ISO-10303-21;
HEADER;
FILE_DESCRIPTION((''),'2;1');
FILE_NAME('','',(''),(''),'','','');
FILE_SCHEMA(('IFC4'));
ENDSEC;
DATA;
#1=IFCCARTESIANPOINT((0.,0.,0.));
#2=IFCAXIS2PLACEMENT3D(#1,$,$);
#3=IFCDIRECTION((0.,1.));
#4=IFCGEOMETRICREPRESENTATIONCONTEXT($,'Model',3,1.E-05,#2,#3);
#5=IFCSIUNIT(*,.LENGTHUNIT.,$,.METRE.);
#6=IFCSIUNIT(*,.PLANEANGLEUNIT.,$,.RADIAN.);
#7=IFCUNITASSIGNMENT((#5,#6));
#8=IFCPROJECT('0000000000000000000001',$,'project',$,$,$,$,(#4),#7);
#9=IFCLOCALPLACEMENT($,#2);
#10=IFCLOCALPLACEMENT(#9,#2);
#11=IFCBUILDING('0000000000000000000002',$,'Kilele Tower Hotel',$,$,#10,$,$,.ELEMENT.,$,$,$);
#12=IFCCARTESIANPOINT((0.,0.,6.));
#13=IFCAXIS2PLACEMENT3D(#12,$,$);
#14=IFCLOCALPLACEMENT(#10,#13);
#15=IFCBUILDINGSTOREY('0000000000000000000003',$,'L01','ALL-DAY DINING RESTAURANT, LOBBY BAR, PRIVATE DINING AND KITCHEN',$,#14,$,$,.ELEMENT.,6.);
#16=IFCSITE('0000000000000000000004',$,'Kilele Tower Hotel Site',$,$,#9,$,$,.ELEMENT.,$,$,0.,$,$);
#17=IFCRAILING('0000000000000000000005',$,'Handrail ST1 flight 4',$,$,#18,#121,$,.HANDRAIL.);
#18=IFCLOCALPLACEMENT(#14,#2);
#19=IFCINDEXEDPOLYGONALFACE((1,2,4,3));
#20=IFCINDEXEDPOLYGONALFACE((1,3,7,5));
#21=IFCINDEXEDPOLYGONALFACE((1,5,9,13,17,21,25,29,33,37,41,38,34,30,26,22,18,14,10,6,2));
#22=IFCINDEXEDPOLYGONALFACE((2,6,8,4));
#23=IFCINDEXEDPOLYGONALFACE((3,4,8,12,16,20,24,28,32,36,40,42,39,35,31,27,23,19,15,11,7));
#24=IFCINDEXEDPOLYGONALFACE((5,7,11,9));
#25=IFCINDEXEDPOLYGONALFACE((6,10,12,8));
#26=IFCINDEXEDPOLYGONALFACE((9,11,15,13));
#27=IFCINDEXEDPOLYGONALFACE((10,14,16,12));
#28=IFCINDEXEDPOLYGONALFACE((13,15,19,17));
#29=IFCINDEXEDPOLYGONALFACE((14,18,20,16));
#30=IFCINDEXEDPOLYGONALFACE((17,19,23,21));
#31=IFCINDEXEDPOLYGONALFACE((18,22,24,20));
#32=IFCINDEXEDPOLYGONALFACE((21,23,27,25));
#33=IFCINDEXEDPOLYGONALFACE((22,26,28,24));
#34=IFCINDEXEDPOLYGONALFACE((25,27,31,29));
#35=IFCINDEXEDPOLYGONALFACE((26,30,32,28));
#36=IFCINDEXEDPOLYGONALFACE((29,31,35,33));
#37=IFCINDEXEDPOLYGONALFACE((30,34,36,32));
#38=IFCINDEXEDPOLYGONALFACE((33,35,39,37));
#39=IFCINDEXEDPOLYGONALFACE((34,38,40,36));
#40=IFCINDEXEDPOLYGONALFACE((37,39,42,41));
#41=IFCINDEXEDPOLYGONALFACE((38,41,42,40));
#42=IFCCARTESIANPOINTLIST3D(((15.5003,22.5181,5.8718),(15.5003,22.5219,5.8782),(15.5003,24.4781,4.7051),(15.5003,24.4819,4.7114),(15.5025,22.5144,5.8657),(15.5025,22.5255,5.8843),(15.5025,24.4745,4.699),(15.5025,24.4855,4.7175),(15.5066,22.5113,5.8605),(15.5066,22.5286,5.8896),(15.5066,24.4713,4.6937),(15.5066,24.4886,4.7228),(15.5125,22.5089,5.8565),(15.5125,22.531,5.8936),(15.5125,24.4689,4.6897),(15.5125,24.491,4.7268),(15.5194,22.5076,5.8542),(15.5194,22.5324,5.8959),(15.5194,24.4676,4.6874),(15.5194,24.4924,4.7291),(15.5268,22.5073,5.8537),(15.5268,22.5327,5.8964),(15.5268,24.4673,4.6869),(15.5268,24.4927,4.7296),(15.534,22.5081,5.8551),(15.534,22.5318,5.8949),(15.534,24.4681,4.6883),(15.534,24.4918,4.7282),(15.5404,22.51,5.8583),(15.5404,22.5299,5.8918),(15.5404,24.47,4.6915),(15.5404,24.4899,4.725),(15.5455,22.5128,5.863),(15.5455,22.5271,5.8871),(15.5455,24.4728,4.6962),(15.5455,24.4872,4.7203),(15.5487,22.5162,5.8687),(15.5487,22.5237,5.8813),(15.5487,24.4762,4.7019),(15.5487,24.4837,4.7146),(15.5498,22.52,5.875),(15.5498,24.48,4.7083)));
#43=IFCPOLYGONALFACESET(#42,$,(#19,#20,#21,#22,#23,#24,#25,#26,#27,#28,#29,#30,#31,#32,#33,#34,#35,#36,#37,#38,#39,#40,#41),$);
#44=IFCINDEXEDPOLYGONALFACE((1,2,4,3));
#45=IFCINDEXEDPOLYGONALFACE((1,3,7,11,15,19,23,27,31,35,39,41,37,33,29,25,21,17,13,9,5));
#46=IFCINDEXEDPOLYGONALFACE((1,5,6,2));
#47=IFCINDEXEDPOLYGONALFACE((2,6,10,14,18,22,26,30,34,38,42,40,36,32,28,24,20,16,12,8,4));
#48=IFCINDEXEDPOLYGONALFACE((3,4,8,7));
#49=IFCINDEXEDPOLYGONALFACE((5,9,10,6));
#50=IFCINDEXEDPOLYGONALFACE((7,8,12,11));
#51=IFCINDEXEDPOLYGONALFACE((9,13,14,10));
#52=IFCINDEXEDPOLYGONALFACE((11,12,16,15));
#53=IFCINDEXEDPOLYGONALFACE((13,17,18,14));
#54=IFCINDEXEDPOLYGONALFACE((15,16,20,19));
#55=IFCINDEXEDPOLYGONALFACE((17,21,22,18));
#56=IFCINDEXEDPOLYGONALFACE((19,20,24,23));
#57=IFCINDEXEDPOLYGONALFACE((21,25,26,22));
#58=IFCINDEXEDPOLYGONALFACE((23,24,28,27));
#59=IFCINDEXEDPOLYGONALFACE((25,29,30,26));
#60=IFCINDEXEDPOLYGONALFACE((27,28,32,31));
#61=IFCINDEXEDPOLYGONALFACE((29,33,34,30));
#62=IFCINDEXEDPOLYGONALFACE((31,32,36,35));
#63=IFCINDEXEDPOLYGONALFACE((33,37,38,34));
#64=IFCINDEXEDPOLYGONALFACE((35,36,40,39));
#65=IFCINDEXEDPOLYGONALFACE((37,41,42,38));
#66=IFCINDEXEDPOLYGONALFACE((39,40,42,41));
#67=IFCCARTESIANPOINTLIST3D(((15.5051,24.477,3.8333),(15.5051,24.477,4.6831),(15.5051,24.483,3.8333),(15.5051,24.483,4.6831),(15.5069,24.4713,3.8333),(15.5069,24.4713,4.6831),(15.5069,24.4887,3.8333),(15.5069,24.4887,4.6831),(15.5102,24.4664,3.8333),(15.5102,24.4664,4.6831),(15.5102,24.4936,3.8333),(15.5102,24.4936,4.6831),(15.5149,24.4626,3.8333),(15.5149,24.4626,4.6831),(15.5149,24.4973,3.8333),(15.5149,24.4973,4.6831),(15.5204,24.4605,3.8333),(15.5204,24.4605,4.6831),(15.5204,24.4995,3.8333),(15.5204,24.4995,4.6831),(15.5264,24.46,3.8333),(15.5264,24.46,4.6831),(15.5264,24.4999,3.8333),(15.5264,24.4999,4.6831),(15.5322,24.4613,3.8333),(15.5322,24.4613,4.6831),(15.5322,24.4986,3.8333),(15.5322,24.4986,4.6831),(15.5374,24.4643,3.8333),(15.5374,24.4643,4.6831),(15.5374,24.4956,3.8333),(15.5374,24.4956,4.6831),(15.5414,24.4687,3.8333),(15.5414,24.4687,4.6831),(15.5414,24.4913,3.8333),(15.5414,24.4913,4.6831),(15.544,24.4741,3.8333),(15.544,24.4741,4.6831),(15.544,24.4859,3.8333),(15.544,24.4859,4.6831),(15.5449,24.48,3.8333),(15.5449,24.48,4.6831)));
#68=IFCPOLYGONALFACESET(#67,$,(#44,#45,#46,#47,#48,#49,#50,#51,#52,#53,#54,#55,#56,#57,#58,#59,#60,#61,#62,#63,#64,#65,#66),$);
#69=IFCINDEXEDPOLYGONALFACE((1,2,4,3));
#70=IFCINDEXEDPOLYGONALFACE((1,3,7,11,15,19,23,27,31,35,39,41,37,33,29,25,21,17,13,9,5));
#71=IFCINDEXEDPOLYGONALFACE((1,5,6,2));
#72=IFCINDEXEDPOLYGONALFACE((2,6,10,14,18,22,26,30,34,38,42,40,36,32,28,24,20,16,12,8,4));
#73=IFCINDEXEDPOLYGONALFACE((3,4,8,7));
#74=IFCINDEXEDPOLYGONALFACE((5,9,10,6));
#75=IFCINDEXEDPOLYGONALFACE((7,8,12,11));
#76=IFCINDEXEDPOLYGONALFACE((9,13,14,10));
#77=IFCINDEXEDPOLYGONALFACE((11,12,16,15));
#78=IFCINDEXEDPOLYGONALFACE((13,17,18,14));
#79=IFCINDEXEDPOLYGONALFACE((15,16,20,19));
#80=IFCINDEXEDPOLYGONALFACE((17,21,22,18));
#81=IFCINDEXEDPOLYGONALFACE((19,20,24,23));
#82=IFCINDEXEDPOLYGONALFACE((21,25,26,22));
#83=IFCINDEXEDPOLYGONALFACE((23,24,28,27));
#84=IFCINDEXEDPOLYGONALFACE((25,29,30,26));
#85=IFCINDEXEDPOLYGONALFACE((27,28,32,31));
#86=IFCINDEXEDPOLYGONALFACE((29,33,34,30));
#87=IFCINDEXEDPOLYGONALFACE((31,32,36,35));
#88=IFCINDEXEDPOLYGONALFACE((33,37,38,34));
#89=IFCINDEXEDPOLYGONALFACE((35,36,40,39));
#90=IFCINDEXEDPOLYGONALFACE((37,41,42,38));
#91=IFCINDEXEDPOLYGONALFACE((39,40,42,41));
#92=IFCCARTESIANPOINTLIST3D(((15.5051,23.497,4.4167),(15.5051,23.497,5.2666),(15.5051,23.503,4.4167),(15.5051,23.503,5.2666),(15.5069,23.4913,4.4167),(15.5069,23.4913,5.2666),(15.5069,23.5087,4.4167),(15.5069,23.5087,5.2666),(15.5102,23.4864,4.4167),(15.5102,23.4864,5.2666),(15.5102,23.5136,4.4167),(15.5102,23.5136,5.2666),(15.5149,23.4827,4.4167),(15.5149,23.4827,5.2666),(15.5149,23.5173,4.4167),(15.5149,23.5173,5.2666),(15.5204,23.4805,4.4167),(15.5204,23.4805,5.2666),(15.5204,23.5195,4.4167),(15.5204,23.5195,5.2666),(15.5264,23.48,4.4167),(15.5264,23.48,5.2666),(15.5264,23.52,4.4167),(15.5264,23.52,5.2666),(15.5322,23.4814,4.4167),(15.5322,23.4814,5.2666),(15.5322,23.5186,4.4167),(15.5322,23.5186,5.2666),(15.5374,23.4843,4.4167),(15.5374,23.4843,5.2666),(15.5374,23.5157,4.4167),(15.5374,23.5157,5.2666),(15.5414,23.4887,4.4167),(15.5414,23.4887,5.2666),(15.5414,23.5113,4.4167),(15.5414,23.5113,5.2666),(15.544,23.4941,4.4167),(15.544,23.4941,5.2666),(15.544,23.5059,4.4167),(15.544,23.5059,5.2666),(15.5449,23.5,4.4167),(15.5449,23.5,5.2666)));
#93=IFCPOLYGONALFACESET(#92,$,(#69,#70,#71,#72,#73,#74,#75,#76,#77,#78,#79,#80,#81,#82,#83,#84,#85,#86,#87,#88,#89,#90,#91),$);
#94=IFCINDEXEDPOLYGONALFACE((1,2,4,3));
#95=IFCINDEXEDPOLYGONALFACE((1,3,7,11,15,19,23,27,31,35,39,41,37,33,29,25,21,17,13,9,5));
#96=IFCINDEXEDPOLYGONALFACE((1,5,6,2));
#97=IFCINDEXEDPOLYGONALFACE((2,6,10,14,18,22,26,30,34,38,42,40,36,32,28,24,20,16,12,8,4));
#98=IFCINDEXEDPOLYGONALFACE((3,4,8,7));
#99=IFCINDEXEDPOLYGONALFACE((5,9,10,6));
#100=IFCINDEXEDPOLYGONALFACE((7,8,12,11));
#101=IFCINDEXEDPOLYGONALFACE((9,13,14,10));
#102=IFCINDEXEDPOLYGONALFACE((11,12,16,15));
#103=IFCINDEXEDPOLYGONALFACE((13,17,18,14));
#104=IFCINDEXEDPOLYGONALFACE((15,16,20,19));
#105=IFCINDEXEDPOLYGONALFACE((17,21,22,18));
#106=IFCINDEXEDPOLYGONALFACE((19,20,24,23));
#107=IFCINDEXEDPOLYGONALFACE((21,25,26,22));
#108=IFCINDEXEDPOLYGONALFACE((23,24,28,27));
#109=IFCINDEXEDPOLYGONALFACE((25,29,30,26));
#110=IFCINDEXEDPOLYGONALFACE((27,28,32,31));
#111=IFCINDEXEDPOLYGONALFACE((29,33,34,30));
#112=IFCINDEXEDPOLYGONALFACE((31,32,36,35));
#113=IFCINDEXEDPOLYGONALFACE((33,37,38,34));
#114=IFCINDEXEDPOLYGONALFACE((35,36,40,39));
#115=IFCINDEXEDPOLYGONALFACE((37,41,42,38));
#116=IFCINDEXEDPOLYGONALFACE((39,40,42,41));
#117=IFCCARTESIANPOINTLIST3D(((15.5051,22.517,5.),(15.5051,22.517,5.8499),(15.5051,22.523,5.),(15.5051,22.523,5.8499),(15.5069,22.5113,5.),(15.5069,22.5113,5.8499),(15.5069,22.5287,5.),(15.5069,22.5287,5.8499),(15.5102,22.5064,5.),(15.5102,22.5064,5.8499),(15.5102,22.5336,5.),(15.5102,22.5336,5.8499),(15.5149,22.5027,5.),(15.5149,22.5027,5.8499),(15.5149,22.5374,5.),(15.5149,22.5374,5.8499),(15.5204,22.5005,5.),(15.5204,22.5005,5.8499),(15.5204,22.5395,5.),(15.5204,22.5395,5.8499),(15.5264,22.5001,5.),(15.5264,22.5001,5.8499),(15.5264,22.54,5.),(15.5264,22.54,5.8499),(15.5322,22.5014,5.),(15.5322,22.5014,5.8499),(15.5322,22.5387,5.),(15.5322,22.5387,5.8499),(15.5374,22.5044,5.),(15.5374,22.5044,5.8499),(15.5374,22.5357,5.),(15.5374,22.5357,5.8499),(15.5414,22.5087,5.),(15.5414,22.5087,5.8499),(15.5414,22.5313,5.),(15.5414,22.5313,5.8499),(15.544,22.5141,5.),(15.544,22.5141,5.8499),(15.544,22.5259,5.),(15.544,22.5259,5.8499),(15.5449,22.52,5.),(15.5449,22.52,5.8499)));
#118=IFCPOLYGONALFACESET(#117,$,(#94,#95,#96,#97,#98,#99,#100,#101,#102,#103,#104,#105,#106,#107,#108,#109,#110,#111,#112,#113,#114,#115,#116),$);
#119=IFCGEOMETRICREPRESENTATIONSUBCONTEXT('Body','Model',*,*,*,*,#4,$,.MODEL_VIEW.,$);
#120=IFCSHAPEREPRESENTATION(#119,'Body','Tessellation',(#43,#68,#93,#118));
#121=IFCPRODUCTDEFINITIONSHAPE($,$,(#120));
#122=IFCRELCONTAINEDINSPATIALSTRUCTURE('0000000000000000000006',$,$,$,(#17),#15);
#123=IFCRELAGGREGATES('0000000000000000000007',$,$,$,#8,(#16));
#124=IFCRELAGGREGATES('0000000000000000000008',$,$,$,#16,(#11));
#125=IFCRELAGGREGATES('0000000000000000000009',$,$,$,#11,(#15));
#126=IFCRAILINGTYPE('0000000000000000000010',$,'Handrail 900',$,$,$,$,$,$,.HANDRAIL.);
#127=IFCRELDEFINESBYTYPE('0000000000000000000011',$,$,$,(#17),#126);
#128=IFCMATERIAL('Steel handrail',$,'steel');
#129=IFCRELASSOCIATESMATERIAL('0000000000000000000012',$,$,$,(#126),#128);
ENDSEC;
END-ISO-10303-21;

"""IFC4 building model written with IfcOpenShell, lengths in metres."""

from ifc_helpers import new_model, si_unit, direction, frame, origin, origin_2d, place, context, subcontext, project, spatial, circle, extrude, material, type_object, element, save


model = new_model("IFC4")

# Units and contexts
model_context = context("Model", 3, precision=1e-05, world=origin(), true_north=direction((0.0, 1.0)))
body_context = subcontext(model_context, "Body", "Model", "MODEL_VIEW")
ifc_project = project(units=[si_unit("LENGTHUNIT", "METRE"), si_unit("PLANEANGLEUNIT", "RADIAN")], contexts=[model_context])

# Site, building, storey
site_placement = place(None, origin())
site = spatial("IfcSite", under=ifc_project, at=site_placement, Name="Kilele Tower Hotel Site", CompositionType="ELEMENT", RefElevation=0.0)
building_placement = place(site_placement, origin())
building = spatial("IfcBuilding", under=site, at=building_placement, Name="Kilele Tower Hotel", CompositionType="ELEMENT")
storey_placement = place(building_placement, frame((0.0, 0.0, 6.0)))
storey = spatial("IfcBuildingStorey", under=building, at=storey_placement, Name="L01", Description="ALL-DAY DINING RESTAURANT, LOBBY BAR, PRIVATE DINING AND KITCHEN", CompositionType="ELEMENT", Elevation=6.0)

# Railing
ifc_material_1 = material(Name="Steel handrail", Category="steel")
railing_type_1 = type_object("IfcRailingType", Name="Handrail 900", PredefinedType="HANDRAIL", material=ifc_material_1)
railing_1_placement = place(storey_placement, frame((15.5249, 24.48, 3.8333)))
element("IfcRailing", 1, at=railing_1_placement, inside=storey, type_object=railing_type_1, Name="Handrail ST1 flight 4", PredefinedType="HANDRAIL", context=body_context, shape_type="SweptSolid", body=[
    extrude(circle(Radius=0.0249, at=origin_2d()), frame((0.0, 0.0, 0.875), z_axis=(0.0, -0.859273, 0.511518), x_axis=(1.0, 0.0, 0.0)), (0.0, 0.0, 1.0), 2.281),
    extrude(circle(Radius=0.02, at=origin_2d()), origin(), (0.0, 0.0, 1.0), 0.8499),
    extrude(circle(Radius=0.02, at=origin_2d()), frame((0.0, -0.98, 0.5835)), (0.0, 0.0, 1.0), 0.8499),
    extrude(circle(Radius=0.02, at=origin_2d()), frame((0.0, -1.96, 1.1667)), (0.0, 0.0, 1.0), 0.8499),
])

save(model, "model.ifc")
